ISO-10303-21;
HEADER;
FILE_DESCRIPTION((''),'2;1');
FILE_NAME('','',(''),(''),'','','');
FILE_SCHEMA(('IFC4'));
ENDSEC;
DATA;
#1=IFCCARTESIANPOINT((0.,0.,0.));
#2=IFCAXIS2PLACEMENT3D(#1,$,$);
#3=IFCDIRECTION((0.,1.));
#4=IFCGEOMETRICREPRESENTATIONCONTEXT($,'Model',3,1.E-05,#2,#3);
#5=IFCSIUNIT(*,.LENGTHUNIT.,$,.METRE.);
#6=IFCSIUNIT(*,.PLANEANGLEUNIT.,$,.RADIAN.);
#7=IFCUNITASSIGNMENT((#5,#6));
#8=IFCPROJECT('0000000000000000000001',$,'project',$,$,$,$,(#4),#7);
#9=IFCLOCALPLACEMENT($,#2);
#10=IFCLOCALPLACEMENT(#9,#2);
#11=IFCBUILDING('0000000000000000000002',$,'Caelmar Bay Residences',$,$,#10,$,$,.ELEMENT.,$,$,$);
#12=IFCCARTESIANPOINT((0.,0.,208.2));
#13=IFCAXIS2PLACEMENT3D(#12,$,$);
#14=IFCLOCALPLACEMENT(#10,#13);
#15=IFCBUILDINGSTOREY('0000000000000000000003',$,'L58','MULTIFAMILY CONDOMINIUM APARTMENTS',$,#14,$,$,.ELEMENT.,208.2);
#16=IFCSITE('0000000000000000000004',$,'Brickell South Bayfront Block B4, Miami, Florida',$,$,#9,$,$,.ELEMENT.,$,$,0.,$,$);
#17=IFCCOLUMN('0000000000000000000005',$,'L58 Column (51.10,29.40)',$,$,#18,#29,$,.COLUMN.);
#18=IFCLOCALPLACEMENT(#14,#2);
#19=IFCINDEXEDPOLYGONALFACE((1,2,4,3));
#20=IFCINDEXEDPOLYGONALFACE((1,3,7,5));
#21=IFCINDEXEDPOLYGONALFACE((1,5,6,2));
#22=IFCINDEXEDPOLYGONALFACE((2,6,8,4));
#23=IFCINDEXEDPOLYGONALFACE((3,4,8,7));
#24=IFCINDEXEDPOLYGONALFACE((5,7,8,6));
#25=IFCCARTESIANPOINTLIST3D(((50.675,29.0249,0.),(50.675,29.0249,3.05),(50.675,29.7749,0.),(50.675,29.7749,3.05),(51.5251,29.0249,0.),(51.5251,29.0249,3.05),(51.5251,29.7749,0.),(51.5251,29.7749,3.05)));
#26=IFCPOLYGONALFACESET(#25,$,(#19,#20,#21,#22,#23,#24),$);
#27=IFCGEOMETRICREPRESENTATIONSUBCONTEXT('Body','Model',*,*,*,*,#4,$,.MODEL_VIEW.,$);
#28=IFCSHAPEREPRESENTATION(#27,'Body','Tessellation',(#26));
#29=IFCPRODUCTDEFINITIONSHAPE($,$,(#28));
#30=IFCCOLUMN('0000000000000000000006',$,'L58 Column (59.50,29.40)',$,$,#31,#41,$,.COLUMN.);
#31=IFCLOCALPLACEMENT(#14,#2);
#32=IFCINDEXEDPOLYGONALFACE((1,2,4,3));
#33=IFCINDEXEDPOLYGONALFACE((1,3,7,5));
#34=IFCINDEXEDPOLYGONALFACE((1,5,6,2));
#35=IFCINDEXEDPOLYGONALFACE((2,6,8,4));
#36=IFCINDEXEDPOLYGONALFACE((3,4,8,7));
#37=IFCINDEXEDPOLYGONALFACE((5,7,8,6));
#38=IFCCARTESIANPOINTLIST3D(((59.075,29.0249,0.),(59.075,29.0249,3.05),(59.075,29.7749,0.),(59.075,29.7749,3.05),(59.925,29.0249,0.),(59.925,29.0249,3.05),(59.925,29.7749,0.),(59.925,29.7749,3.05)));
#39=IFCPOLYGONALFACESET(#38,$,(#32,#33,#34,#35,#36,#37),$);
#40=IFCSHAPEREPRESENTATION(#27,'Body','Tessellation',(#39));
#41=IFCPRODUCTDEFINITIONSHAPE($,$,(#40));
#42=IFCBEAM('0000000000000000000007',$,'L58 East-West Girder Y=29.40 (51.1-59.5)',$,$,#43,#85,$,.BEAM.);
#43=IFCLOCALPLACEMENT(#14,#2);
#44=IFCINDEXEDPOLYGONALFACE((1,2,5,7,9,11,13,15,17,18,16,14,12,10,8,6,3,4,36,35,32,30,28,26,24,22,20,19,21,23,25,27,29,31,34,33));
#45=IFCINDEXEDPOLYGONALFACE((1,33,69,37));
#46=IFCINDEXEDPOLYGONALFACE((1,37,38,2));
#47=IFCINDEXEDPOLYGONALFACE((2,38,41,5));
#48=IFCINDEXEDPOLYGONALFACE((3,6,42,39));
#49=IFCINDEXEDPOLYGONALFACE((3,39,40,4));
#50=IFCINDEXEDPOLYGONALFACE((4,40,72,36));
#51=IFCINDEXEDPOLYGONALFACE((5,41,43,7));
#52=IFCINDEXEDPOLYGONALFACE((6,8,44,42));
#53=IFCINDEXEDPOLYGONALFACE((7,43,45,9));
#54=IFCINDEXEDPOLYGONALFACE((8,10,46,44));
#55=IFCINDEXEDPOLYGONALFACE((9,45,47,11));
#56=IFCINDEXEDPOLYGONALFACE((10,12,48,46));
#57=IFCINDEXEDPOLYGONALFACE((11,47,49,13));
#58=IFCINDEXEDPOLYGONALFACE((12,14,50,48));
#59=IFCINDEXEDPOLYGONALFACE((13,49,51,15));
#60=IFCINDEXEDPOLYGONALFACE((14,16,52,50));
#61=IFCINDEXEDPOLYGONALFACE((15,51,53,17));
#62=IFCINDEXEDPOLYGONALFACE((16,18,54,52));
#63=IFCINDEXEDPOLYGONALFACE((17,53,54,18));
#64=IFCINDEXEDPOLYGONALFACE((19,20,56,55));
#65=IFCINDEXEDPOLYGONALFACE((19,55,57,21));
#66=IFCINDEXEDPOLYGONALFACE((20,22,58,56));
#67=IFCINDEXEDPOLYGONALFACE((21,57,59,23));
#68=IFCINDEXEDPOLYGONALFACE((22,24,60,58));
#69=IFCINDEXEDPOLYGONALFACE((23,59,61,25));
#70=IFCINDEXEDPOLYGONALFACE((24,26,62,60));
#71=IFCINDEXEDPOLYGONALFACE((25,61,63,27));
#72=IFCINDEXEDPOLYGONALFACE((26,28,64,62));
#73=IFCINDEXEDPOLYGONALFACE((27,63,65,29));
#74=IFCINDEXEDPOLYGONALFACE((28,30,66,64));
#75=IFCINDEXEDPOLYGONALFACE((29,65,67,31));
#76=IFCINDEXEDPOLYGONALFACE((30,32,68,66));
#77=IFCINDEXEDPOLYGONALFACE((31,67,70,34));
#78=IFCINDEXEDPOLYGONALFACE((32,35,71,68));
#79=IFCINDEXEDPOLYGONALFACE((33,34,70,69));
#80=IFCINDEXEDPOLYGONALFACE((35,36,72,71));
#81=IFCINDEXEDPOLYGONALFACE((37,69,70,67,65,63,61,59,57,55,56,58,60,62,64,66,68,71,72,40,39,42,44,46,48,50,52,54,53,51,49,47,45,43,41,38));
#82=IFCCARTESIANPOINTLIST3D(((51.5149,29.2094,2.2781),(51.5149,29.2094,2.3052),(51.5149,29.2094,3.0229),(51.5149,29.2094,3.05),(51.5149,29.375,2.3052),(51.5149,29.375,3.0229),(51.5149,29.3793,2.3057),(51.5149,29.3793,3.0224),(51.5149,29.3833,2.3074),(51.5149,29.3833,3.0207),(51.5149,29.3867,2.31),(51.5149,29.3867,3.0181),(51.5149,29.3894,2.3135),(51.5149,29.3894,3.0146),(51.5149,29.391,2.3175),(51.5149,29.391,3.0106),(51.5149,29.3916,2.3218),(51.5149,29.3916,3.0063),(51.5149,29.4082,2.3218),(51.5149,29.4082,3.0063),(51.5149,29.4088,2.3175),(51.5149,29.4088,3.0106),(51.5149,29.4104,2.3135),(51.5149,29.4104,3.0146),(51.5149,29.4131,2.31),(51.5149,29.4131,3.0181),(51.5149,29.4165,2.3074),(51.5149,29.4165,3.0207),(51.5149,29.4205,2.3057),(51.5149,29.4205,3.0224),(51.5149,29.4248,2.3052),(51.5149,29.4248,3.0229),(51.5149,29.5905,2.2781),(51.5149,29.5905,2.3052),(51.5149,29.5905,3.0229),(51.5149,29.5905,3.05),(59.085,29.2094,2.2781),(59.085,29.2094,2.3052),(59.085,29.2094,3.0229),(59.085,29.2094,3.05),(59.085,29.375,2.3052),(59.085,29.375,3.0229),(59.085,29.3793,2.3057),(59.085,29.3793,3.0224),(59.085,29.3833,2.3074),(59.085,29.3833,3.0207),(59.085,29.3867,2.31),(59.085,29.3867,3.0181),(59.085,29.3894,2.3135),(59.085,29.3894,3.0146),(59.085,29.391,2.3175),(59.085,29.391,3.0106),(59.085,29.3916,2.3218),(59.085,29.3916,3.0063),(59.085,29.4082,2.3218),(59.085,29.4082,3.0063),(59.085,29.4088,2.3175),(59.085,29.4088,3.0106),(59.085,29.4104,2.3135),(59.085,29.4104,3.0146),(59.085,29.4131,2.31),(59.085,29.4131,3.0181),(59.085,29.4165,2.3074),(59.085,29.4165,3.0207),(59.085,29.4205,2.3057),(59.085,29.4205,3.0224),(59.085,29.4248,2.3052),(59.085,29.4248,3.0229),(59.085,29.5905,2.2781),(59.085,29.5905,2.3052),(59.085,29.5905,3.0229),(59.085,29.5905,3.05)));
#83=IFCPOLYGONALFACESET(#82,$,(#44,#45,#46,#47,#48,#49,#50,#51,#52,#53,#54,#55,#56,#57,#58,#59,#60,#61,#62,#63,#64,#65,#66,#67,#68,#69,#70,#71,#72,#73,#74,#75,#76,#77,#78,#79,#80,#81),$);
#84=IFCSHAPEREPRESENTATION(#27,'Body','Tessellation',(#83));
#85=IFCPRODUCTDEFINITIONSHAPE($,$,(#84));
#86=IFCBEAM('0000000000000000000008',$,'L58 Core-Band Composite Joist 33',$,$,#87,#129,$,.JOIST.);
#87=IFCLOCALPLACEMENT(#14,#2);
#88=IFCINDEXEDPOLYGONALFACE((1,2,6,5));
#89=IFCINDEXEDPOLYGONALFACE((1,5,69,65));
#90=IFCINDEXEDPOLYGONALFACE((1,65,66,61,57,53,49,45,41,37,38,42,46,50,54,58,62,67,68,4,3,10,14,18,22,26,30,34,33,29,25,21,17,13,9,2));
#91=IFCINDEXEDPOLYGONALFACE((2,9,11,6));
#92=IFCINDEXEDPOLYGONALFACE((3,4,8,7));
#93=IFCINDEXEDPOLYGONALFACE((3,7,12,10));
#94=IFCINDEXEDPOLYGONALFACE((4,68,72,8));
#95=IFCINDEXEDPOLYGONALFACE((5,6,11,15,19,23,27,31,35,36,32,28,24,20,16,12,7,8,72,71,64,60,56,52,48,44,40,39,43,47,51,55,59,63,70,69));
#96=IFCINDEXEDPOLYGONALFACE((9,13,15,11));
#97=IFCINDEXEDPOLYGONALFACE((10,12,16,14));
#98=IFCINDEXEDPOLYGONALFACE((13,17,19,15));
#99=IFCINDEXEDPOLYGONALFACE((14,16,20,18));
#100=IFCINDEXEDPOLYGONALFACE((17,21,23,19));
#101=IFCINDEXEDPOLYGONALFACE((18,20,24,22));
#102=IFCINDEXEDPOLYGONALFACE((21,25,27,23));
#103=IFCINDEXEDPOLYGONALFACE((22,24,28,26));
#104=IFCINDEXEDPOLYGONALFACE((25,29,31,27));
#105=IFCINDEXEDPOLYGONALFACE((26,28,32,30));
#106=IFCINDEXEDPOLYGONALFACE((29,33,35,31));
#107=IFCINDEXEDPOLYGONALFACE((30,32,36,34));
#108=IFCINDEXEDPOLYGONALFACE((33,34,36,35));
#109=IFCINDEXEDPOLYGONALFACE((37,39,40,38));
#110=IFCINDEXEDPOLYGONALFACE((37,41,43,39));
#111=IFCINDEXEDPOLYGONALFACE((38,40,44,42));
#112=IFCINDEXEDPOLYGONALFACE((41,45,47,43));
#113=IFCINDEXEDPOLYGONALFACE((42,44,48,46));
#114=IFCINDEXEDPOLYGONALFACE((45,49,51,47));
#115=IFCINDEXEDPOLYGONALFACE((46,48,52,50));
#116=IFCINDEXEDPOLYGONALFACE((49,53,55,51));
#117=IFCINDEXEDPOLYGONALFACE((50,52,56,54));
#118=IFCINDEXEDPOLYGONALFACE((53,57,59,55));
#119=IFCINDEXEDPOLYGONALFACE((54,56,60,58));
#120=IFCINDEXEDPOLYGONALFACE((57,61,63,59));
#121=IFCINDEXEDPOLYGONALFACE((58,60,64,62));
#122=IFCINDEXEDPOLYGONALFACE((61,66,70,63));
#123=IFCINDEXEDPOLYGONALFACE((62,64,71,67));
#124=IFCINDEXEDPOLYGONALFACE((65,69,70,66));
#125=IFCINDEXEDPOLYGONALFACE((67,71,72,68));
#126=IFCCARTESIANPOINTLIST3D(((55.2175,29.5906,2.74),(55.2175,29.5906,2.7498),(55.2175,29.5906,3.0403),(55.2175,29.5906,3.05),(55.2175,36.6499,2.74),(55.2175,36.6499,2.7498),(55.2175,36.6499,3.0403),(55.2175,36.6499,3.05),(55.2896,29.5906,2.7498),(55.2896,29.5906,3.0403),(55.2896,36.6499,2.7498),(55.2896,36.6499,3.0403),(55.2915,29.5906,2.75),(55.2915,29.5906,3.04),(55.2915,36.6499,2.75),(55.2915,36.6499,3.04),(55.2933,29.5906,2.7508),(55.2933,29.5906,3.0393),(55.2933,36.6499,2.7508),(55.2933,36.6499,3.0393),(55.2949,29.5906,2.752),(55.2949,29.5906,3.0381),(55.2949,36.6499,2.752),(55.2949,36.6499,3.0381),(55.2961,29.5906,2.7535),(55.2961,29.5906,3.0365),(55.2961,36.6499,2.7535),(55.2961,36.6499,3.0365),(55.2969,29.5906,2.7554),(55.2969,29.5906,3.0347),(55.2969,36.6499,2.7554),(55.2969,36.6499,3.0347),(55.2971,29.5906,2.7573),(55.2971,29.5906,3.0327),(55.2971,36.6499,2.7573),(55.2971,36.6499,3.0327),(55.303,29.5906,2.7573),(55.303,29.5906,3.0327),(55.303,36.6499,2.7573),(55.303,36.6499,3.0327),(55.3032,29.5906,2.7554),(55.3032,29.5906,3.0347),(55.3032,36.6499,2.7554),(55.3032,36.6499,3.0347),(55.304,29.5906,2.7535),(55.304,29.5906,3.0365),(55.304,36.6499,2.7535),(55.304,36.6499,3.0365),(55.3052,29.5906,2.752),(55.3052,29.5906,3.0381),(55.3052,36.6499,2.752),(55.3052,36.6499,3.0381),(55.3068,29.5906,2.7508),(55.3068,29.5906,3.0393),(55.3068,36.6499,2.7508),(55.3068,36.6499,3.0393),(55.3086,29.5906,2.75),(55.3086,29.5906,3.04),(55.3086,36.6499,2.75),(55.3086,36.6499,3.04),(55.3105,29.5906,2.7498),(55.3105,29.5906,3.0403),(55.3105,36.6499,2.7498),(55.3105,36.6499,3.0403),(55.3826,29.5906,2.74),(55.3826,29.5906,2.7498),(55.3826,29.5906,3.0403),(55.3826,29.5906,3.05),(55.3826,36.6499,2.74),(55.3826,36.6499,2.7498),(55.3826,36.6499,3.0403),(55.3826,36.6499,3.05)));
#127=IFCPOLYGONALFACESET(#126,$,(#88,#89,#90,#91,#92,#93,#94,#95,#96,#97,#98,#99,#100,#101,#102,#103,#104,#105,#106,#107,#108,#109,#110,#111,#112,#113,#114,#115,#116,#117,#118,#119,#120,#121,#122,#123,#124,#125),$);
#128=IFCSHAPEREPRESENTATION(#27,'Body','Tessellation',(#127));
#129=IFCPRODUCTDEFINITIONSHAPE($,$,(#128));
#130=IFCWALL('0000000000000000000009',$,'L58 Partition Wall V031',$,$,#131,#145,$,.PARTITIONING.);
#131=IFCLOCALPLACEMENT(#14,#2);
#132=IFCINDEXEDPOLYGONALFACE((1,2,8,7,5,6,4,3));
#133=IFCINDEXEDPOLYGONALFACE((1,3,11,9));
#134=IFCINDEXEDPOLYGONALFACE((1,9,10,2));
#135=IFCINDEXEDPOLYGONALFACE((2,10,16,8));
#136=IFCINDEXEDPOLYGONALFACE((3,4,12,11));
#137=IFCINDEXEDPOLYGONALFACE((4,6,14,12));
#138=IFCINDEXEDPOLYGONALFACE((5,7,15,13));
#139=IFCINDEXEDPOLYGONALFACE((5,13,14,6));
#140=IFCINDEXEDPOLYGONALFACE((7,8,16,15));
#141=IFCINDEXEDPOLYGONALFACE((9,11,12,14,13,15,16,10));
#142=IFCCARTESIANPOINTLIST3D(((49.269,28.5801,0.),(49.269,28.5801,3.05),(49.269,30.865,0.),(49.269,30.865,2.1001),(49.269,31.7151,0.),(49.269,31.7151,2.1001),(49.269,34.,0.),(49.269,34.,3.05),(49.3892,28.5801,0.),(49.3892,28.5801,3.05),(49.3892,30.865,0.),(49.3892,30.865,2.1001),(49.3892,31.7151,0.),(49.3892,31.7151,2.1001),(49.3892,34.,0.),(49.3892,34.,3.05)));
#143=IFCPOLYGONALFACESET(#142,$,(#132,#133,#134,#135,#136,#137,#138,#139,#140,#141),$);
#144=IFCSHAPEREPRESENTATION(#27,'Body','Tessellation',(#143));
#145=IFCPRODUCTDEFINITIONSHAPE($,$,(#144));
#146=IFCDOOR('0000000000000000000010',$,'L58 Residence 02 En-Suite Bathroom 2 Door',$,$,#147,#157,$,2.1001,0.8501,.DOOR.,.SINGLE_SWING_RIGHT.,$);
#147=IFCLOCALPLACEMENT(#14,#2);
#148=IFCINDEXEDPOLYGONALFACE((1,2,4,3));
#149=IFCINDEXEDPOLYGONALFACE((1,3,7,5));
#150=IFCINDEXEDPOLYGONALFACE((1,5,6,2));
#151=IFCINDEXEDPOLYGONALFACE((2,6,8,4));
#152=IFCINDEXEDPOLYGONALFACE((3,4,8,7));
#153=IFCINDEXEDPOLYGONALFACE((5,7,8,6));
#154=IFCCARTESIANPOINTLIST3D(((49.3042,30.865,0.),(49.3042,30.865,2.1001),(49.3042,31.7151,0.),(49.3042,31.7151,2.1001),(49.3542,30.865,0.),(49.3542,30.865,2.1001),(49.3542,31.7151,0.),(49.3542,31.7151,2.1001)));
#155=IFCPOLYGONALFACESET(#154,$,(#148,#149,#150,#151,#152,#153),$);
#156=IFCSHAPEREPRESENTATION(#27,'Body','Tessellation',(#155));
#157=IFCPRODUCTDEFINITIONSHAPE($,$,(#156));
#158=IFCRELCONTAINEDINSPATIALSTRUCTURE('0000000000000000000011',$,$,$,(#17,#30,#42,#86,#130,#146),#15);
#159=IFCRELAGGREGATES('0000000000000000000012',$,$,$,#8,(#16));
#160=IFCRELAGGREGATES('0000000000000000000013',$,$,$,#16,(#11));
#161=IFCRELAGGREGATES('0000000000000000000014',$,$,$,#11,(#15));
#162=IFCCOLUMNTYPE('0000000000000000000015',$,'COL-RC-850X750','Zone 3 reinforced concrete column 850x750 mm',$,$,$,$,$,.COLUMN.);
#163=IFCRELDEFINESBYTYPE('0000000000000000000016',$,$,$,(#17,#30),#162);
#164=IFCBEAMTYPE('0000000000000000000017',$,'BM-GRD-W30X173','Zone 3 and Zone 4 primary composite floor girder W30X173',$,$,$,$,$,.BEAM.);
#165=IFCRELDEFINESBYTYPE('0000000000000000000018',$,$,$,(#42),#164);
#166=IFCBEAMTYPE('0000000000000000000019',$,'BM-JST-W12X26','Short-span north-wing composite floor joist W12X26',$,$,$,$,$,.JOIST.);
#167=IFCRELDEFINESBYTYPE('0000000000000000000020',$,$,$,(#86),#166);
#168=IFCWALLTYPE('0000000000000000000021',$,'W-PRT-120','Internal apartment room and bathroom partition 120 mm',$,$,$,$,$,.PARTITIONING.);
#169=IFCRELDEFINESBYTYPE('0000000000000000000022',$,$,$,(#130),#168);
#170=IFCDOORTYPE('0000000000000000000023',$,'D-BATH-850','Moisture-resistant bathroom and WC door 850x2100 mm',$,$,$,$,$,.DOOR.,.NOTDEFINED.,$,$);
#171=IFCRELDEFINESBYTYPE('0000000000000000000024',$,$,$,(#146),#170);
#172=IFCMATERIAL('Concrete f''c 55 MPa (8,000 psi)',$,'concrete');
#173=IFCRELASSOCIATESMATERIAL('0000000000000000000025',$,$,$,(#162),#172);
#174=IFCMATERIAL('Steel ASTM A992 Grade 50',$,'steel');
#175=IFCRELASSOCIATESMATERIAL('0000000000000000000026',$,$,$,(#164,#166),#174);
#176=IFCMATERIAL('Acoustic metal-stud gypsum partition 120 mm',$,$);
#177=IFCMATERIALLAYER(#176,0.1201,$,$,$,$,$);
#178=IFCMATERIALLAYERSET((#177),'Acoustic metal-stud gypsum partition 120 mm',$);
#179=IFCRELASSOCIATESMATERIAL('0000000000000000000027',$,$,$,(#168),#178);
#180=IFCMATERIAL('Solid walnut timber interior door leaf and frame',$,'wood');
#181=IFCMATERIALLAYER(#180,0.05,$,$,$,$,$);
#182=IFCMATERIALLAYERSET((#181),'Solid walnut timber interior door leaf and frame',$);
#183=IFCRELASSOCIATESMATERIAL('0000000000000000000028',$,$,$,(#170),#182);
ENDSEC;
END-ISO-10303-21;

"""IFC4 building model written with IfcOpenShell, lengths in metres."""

from ifc_helpers import new_model, si_unit, direction, frame, frame_2d, origin, origin_2d, place, context, subcontext, project, spatial, rectangle, i_section, extrude, material, layer, layer_set, material_profile, profile_set, type_object, element, fill, save


model = new_model("IFC4")

# Units and contexts
model_context = context("Model", 3, precision=1e-05, world=origin(), true_north=direction((0.0, 1.0)))
body_context = subcontext(model_context, "Body", "Model", "MODEL_VIEW")
ifc_project = project(units=[si_unit("LENGTHUNIT", "METRE"), si_unit("PLANEANGLEUNIT", "RADIAN")], contexts=[model_context])

# Site, building, storey
site_placement = place(None, origin())
site = spatial("IfcSite", under=ifc_project, at=site_placement, Name="Brickell South Bayfront Block B4, Miami, Florida", CompositionType="ELEMENT", RefElevation=0.0)
building_placement = place(site_placement, origin())
building = spatial("IfcBuilding", under=site, at=building_placement, Name="Caelmar Bay Residences", CompositionType="ELEMENT")
storey_placement = place(building_placement, frame((0.0, 0.0, 208.2)))
storey = spatial("IfcBuildingStorey", under=building, at=storey_placement, Name="L58", Description="MULTIFAMILY CONDOMINIUM APARTMENTS", CompositionType="ELEMENT", Elevation=208.2)

# Columns
ifc_material_1 = material(Name="Concrete f'c 55 MPa (8,000 psi)", Category="concrete")
ifc_material_profile_1 = material_profile(ifc_material_1, rectangle(XDim=0.8501, YDim=0.75, at=origin_2d()), Name="RC-COL-850X750")
ifc_profile_set_1 = profile_set([ifc_material_profile_1], Name="Concrete f'c 55 MPa (8,000 psi)")
column_type = type_object("IfcColumnType", Name="COL-RC-850X750", Description="Zone 3 reinforced concrete column 850x750 mm", PredefinedType="COLUMN", material=ifc_profile_set_1)
for number, where, z_axis, x_axis, name in (
    (1, (51.1001, 29.3999, 0.0), (0.0, 0.0, 1.0), (1.0, 0.0, 0.0), "L58 Column (51.10,29.40)"),
    (2, (59.5, 29.3999, 0.0), (0.0, 0.0, 1.0), (1.0, 0.0, 0.0), "L58 Column (59.50,29.40)"),
):
    element("IfcColumn", number, at=place(storey_placement, frame(where, z_axis=z_axis, x_axis=x_axis)), inside=storey, type_object=column_type, Name=name, PredefinedType="COLUMN", context=body_context, shape_type="SweptSolid", body=[
        extrude(rectangle(XDim=0.8501, YDim=0.75, at=origin_2d()), origin(), (0.0, 0.0, 1.0), 3.05),
    ])

# Beams
ifc_material_2 = material(Name="Steel ASTM A992 Grade 50", Category="steel")
ifc_material_profile_2 = material_profile(ifc_material_2, i_section(OverallWidth=0.3811, OverallDepth=0.772, WebThickness=0.0166, FlangeThickness=0.0271, FilletRadius=0.0166, at=origin_2d()), Name="W30X173")
ifc_profile_set_2 = profile_set([ifc_material_profile_2], Name="Steel ASTM A992 Grade 50")
beam_type_1 = type_object("IfcBeamType", Name="BM-GRD-W30X173", Description="Zone 3 and Zone 4 primary composite floor girder W30X173", PredefinedType="BEAM", material=ifc_profile_set_2)
beam_1_placement = place(storey_placement, frame((51.5149, 29.3999, 2.6641), z_axis=(1.0, 0.0, 0.0), x_axis=(0.0, 1.0, 0.0)))
element("IfcBeam", 3, at=beam_1_placement, inside=storey, type_object=beam_type_1, Name="L58 East-West Girder Y=29.40 (51.1-59.5)", PredefinedType="BEAM", context=body_context, shape_type="SweptSolid", body=[
    extrude(i_section(OverallWidth=0.3811, OverallDepth=0.772, WebThickness=0.0166, FlangeThickness=0.0271, FilletRadius=0.0166, at=origin_2d()), origin(), (0.0, 0.0, 1.0), 7.5701),
])
ifc_material_profile_3 = material_profile(ifc_material_2, i_section(OverallWidth=0.165, OverallDepth=0.3101, WebThickness=0.0059, FlangeThickness=0.0098, FilletRadius=0.0076, at=origin_2d()), Name="W12X26")
ifc_profile_set_3 = profile_set([ifc_material_profile_3], Name="Steel ASTM A992 Grade 50")
beam_type_2 = type_object("IfcBeamType", Name="BM-JST-W12X26", Description="Short-span north-wing composite floor joist W12X26", PredefinedType="JOIST", material=ifc_profile_set_3)
beam_2_placement = place(storey_placement, frame((55.3, 29.5906, 2.895), z_axis=(0.0, 1.0, 0.0), x_axis=(-1.0, 0.0, 0.0)))
element("IfcBeam", 4, at=beam_2_placement, inside=storey, type_object=beam_type_2, Name="L58 Core-Band Composite Joist 33", PredefinedType="JOIST", context=body_context, shape_type="SweptSolid", body=[
    extrude(i_section(OverallWidth=0.165, OverallDepth=0.3101, WebThickness=0.0059, FlangeThickness=0.0098, FilletRadius=0.0076, at=origin_2d()), origin(), (0.0, 0.0, 1.0), 7.0593),
])

# Wall, opening, door
ifc_material_3 = material(Name="Acoustic metal-stud gypsum partition 120 mm")
ifc_layer_1 = layer(ifc_material_3, 0.1201)
ifc_layer_set_1 = layer_set([ifc_layer_1], Name="Acoustic metal-stud gypsum partition 120 mm")
wall_type_1 = type_object("IfcWallType", Name="W-PRT-120", Description="Internal apartment room and bathroom partition 120 mm", PredefinedType="PARTITIONING", material=ifc_layer_set_1)
wall_1_placement = place(storey_placement, frame((49.3291, 28.5801, 0.0), z_axis=(0.0, 0.0, 1.0), x_axis=(0.0, 1.0, 0.0)))
wall_1 = element("IfcWall", 5, at=wall_1_placement, inside=storey, type_object=wall_type_1, Name="L58 Partition Wall V031", PredefinedType="PARTITIONING", context=body_context, shape_type="SweptSolid", body=[
    extrude(rectangle(XDim=5.4199, YDim=0.1201, at=frame_2d((2.71, 0.0))), origin(), (0.0, 0.0, 1.0), 3.05),
])
opening_1_placement = place(wall_1_placement, frame((2.2849, 0.0, 0.0)))
opening_1 = element("IfcOpeningElement", 6, at=opening_1_placement, cuts=wall_1, PredefinedType="OPENING", context=body_context, shape_type="SweptSolid", body=[
    extrude(rectangle(XDim=0.8501, YDim=2.1001, at=frame_2d((0.425, 1.05))), frame((0.0, 0.0701, 0.0), z_axis=(0.0, -1.0, 0.0), x_axis=(1.0, 0.0, 0.0)), (0.0, 0.0, 1.0), 0.1401),
])
ifc_material_4 = material(Name="Solid walnut timber interior door leaf and frame", Category="wood")
ifc_layer_2 = layer(ifc_material_4, 0.05)
ifc_layer_set_2 = layer_set([ifc_layer_2], Name="Solid walnut timber interior door leaf and frame")
door_type_1 = type_object("IfcDoorType", Name="D-BATH-850", Description="Moisture-resistant bathroom and WC door 850x2100 mm", OperationType="NOTDEFINED", PredefinedType="DOOR", material=ifc_layer_set_2)
door_1_placement = place(opening_1_placement, origin())
door_1 = element("IfcDoor", 7, at=door_1_placement, inside=storey, type_object=door_type_1, Name="L58 Residence 02 En-Suite Bathroom 2 Door", OperationType="SINGLE_SWING_RIGHT", OverallHeight=2.1001, OverallWidth=0.8501, PredefinedType="DOOR", context=body_context, shape_type="SweptSolid", body=[
    extrude(rectangle(XDim=0.8501, YDim=2.1001, at=frame_2d((0.425, 1.05))), frame((0.0, 0.0249, 0.0), z_axis=(0.0, -1.0, 0.0), x_axis=(1.0, 0.0, 0.0)), (0.0, 0.0, 1.0), 0.05),
])
fill(opening_1, door_1)

save(model, "model.ifc")
